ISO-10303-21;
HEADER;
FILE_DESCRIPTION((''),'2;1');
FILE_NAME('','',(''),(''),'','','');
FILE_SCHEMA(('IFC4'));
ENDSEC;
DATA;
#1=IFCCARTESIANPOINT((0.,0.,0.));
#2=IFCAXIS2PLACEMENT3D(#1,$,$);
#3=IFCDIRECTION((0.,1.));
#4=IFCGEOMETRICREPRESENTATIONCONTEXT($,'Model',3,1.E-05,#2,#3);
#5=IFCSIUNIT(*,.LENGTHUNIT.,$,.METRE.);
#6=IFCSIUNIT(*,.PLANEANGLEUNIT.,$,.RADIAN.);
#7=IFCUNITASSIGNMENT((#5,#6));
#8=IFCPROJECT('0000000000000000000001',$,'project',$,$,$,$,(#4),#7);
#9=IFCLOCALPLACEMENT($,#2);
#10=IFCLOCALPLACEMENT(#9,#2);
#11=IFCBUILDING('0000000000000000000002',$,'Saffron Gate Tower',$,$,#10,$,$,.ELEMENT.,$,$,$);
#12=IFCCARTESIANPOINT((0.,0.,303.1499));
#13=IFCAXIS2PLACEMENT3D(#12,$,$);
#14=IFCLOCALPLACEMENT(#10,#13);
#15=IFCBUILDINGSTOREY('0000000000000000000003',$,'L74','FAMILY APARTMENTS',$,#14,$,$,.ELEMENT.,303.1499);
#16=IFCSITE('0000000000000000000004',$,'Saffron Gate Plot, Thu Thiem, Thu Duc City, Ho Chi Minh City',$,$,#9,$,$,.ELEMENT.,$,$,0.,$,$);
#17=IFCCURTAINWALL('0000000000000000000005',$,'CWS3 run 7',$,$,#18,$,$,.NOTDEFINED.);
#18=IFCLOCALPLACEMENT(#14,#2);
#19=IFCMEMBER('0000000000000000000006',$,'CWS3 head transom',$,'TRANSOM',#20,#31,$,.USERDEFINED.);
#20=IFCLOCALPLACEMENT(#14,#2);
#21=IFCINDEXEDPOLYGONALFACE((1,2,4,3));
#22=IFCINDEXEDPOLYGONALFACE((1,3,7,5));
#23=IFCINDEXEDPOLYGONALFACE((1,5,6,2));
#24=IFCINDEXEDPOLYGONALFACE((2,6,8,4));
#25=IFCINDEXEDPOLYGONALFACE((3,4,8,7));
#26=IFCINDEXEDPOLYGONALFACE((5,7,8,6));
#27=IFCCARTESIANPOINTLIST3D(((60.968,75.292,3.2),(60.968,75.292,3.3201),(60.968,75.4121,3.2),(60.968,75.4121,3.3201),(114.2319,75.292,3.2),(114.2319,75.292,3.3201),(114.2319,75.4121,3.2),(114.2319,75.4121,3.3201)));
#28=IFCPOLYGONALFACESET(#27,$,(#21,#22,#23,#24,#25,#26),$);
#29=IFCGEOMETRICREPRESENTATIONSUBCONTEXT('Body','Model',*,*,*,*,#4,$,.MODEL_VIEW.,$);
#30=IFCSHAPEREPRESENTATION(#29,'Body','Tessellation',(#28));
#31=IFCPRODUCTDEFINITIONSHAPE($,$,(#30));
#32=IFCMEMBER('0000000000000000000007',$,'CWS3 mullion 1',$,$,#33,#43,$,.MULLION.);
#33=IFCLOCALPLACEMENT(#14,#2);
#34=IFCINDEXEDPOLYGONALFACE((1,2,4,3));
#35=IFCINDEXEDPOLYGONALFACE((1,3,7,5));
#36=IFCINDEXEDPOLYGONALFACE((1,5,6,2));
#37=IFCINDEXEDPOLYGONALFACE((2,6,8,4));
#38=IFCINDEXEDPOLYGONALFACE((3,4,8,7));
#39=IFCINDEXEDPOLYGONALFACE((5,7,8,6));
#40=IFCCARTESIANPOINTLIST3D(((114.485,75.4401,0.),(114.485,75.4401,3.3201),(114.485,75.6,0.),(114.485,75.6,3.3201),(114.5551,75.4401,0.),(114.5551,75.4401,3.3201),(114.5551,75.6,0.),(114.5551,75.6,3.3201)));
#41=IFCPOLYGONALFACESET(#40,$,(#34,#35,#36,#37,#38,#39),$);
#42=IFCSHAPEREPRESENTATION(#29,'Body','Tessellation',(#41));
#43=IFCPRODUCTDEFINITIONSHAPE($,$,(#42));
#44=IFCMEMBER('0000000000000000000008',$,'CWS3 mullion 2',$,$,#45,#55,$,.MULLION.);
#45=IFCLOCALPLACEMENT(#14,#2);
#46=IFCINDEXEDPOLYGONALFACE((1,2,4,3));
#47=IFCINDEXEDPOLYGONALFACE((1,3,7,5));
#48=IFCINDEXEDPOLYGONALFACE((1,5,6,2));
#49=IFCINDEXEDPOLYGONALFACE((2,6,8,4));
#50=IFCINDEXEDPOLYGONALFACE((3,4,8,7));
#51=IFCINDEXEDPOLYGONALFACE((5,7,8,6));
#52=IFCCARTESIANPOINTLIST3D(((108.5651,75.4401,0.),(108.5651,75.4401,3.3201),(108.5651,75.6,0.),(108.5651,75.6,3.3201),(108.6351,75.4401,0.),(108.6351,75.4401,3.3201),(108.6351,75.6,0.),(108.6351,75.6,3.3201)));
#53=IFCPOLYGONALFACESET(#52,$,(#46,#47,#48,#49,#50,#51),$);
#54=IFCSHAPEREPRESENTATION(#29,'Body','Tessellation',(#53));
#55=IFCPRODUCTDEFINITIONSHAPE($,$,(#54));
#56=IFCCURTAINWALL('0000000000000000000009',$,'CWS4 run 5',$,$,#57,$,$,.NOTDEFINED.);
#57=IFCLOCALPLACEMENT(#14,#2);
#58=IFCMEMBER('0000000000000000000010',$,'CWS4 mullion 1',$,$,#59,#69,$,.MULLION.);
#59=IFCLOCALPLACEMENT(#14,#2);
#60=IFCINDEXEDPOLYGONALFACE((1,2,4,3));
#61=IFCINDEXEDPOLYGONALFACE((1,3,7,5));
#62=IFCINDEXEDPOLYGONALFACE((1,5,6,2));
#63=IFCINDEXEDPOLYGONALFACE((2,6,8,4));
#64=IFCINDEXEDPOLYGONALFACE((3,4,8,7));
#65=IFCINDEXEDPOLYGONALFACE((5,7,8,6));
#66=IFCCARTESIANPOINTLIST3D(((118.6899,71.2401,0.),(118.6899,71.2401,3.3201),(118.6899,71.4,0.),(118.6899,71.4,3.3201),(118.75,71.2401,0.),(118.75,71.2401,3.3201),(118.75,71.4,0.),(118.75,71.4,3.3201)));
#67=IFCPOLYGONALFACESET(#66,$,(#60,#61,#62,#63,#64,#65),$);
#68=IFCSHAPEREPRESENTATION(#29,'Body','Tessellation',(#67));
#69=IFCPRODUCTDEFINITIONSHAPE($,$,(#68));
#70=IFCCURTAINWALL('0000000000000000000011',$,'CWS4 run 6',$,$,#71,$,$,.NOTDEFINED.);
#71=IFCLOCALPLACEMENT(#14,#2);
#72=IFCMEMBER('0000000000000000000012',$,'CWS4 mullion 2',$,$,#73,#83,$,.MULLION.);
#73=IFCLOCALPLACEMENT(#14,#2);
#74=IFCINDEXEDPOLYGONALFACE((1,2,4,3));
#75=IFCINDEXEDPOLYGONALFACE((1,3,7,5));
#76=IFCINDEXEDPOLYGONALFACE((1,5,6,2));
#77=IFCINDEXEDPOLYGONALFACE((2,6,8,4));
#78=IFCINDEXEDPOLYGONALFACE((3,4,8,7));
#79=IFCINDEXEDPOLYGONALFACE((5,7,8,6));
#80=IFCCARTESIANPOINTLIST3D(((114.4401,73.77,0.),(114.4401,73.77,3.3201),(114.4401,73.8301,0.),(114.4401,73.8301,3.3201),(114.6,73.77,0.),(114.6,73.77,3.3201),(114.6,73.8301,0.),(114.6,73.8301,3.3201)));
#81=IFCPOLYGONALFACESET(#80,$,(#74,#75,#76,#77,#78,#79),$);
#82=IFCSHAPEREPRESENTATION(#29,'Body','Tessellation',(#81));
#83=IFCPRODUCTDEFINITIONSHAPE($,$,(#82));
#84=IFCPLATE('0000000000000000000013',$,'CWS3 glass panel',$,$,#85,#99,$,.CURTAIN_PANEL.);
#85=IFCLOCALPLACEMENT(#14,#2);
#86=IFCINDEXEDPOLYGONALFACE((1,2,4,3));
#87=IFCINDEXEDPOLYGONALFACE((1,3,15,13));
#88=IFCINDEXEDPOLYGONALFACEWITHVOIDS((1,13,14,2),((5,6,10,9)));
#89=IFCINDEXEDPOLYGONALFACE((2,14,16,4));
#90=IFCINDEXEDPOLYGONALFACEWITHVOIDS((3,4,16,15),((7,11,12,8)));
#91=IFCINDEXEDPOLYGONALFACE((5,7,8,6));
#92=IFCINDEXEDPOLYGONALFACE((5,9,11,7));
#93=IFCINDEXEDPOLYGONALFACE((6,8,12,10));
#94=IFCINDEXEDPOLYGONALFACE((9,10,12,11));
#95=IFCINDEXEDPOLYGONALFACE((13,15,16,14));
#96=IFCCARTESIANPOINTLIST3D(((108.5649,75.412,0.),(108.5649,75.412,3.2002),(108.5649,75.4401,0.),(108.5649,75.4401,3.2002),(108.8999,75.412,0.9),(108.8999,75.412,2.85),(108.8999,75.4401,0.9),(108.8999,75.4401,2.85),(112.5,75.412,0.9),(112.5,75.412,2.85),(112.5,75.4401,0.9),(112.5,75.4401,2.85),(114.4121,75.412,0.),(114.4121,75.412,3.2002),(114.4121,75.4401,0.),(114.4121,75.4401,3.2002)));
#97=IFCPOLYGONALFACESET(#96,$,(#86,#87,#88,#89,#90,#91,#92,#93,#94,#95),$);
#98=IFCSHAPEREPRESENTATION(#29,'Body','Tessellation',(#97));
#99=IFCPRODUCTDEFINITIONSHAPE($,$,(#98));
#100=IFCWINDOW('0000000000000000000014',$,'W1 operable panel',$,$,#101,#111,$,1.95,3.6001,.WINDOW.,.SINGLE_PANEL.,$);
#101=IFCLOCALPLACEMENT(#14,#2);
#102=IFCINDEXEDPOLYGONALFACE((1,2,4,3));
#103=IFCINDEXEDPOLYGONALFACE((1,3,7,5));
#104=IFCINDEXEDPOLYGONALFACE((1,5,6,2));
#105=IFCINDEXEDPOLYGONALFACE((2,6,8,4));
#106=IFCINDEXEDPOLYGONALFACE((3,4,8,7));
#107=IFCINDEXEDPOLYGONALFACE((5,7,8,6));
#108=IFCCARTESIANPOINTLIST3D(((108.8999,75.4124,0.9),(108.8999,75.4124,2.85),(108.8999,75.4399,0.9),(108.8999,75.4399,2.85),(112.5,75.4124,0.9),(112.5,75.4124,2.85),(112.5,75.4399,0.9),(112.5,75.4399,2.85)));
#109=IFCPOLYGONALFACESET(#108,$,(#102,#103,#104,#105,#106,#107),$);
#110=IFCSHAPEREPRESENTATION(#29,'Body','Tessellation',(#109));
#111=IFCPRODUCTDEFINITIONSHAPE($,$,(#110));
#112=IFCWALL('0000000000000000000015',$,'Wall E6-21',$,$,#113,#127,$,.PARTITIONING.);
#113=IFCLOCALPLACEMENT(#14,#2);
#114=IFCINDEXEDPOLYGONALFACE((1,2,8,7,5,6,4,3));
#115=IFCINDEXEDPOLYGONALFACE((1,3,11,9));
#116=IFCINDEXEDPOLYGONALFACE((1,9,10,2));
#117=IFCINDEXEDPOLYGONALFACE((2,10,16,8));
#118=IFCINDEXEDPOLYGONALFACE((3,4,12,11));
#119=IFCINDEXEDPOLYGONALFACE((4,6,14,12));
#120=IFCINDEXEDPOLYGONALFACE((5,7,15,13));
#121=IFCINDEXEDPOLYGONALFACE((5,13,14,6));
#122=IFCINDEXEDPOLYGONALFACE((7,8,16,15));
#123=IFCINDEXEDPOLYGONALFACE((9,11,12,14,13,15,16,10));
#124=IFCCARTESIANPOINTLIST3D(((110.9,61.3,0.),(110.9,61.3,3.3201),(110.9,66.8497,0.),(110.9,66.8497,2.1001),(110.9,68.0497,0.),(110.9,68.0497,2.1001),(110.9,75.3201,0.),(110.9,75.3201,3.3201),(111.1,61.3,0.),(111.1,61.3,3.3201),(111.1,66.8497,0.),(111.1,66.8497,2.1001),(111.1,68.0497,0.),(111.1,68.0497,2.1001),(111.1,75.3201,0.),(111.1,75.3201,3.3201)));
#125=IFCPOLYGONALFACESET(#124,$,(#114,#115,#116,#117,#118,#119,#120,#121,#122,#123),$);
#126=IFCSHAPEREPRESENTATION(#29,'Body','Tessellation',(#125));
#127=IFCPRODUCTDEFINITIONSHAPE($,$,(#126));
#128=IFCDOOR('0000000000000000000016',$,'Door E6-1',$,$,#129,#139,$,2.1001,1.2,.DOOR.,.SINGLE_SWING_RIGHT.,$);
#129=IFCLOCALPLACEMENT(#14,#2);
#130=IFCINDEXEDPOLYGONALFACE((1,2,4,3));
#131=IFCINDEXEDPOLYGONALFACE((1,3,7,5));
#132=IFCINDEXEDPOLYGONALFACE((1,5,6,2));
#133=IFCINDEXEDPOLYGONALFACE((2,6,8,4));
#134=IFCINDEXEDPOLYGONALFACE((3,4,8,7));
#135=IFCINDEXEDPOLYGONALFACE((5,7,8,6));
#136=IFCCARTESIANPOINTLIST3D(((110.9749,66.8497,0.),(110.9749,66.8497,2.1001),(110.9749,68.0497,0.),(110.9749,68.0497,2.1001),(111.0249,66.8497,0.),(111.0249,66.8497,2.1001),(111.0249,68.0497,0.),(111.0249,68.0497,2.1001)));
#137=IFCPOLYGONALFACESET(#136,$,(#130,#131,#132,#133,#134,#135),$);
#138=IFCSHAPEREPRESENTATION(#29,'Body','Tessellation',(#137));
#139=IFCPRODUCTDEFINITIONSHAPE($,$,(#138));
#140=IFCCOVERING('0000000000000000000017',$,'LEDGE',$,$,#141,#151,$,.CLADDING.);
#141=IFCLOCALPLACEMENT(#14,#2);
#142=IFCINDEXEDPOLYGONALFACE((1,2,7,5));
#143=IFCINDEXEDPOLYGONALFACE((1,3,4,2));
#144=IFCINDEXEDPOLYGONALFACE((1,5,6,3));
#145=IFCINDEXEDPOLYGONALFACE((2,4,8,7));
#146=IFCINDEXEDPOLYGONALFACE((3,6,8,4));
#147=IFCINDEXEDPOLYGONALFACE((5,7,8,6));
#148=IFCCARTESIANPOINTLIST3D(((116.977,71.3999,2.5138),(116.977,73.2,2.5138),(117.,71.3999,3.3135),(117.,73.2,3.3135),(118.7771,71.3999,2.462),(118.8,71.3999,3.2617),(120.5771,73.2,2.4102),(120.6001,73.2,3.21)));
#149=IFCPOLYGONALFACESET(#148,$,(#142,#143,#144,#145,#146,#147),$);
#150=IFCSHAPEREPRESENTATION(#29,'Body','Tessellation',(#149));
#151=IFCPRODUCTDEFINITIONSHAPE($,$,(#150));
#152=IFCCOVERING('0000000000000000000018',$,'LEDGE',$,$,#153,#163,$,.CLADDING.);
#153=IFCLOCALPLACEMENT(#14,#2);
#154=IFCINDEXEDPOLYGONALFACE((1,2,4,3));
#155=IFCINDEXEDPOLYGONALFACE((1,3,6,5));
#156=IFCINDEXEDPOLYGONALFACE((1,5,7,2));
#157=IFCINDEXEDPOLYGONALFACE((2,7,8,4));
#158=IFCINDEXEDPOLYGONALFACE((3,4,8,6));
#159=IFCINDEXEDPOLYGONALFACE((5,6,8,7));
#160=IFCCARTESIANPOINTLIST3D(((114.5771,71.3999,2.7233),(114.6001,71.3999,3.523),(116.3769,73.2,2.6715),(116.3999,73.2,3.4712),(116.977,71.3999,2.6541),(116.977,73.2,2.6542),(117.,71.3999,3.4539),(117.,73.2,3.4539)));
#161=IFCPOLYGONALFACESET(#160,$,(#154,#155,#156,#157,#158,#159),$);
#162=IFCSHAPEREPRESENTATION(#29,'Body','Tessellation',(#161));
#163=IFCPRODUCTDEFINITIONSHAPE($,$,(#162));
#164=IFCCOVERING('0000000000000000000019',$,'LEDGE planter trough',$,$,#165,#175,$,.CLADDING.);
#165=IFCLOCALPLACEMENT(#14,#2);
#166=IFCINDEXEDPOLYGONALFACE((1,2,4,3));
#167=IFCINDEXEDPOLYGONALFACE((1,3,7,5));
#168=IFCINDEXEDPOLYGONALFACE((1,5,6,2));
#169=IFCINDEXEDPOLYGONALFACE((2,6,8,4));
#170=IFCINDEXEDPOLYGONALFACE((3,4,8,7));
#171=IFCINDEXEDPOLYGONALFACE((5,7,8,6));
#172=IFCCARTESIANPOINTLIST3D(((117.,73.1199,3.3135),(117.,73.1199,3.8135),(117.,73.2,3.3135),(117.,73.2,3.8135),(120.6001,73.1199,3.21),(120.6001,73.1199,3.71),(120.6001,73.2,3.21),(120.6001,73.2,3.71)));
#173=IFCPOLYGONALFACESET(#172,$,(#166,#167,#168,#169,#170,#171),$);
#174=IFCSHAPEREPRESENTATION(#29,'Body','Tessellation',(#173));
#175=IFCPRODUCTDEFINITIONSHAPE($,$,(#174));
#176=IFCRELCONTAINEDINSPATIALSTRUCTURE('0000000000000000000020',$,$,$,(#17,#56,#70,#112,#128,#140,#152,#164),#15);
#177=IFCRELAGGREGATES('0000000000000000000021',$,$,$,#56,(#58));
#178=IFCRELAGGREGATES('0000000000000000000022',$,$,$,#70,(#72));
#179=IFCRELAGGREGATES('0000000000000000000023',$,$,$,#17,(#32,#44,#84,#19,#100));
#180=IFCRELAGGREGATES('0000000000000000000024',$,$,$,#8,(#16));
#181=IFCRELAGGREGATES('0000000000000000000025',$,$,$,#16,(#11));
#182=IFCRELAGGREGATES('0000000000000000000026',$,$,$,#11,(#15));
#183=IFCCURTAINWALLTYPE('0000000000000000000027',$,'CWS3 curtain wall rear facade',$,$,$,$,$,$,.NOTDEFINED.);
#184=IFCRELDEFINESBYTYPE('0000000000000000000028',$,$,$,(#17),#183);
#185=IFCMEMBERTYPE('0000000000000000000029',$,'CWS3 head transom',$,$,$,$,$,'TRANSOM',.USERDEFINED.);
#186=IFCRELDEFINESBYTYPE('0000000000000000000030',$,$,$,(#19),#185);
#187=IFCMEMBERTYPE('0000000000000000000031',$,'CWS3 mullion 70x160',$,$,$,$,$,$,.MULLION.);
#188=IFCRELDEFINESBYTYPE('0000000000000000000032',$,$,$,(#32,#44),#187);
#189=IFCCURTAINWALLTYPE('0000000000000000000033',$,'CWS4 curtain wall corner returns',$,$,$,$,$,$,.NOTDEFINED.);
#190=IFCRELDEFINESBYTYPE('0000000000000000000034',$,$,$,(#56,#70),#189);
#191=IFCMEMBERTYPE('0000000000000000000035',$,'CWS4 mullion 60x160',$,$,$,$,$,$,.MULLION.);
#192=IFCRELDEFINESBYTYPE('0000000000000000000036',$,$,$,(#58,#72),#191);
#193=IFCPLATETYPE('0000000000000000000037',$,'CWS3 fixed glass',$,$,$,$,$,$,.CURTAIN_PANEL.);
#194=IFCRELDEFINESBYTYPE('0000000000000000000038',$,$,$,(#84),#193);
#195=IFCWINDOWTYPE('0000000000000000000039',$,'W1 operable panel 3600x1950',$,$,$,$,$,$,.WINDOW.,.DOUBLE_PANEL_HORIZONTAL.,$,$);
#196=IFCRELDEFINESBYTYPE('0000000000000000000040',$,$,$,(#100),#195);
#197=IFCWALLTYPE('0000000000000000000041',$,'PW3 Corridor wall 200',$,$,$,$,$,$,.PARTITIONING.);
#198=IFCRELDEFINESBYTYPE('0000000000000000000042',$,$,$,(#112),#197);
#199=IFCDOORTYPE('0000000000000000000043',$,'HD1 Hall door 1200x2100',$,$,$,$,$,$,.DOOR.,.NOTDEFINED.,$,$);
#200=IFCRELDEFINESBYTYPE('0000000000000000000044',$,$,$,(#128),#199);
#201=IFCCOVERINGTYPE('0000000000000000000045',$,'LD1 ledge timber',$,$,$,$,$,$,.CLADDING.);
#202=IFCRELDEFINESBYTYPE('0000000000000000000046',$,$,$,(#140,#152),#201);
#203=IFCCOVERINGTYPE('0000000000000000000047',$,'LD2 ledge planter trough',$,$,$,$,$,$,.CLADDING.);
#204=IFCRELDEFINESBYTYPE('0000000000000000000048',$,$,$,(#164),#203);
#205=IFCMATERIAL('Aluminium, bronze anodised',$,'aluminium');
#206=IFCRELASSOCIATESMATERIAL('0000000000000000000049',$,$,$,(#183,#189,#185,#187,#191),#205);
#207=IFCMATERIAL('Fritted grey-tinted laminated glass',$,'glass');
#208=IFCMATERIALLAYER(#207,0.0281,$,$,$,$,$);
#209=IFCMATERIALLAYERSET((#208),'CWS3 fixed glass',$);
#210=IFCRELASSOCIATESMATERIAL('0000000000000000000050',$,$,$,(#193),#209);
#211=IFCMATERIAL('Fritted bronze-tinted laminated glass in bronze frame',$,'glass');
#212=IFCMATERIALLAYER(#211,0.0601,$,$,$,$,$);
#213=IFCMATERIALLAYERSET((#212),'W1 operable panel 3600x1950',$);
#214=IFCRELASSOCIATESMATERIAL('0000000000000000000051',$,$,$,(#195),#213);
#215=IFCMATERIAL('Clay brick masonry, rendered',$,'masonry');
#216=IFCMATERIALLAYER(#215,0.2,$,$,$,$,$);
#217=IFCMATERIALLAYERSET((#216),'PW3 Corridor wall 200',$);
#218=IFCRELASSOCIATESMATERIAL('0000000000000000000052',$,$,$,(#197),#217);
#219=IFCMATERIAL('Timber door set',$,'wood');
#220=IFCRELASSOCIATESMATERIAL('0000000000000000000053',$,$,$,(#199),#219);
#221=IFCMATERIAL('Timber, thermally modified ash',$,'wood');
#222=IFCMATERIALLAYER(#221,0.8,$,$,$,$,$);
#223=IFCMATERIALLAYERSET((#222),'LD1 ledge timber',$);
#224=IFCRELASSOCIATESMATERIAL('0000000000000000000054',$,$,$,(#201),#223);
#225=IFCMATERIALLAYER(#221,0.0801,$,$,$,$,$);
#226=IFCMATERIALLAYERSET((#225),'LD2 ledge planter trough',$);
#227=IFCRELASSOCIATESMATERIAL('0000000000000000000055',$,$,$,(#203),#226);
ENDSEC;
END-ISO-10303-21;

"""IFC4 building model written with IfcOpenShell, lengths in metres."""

from ifc_helpers import new_model, si_unit, direction, frame, frame_2d, origin, origin_2d, place, context, subcontext, project, spatial, polyline, rectangle, outline, extrude, material, layer, layer_set, material_profile, profile_set, type_object, element, fill, aggregate, save


model = new_model("IFC4")

# Units and contexts
model_context = context("Model", 3, precision=1e-05, world=origin(), true_north=direction((0.0, 1.0)))
body_context = subcontext(model_context, "Body", "Model", "MODEL_VIEW")
ifc_project = project(units=[si_unit("LENGTHUNIT", "METRE"), si_unit("PLANEANGLEUNIT", "RADIAN")], contexts=[model_context])

# Site, building, storey
site_placement = place(None, origin())
site = spatial("IfcSite", under=ifc_project, at=site_placement, Name="Saffron Gate Plot, Thu Thiem, Thu Duc City, Ho Chi Minh City", CompositionType="ELEMENT", RefElevation=0.0)
building_placement = place(site_placement, origin())
building = spatial("IfcBuilding", under=site, at=building_placement, Name="Saffron Gate Tower", CompositionType="ELEMENT")
storey_placement = place(building_placement, frame((0.0, 0.0, 303.1499)))
storey = spatial("IfcBuildingStorey", under=building, at=storey_placement, Name="L74", Description="FAMILY APARTMENTS", CompositionType="ELEMENT", Elevation=303.1499)

# Curtain wall, members
ifc_material_1 = material(Name="Aluminium, bronze anodised", Category="aluminium")
curtain_wall_type_1 = type_object("IfcCurtainWallType", Name="CWS3 curtain wall rear facade", PredefinedType="NOTDEFINED", material=ifc_material_1)
curtain_wall_1_placement = place(storey_placement, origin())
curtain_wall_1 = element("IfcCurtainWall", 1, at=curtain_wall_1_placement, inside=storey, type_object=curtain_wall_type_1, Name="CWS3 run 7", PredefinedType="NOTDEFINED")
ifc_material_profile_1 = material_profile(ifc_material_1, rectangle(XDim=0.1201, YDim=0.1201, at=origin_2d()))
ifc_profile_set_1 = profile_set([ifc_material_profile_1], Name="Aluminium, bronze anodised")
member_type_1 = type_object("IfcMemberType", Name="CWS3 head transom", ElementType="TRANSOM", PredefinedType="USERDEFINED", material=ifc_profile_set_1)
member_1_placement = place(storey_placement, frame((114.2319, 75.3521, 3.26), z_axis=(-1.0, 0.0, 0.0), x_axis=(0.0, -1.0, 0.0)))
member_1 = element("IfcMember", 2, at=member_1_placement, type_object=member_type_1, Name="CWS3 head transom", ObjectType="TRANSOM", PredefinedType="USERDEFINED", context=body_context, shape_type="SweptSolid", body=[
    extrude(rectangle(XDim=0.1201, YDim=0.1201, at=origin_2d()), origin(), (0.0, 0.0, 1.0), 53.2639),
])
ifc_material_profile_2 = material_profile(ifc_material_1, rectangle(XDim=0.1599, YDim=0.0701, at=origin_2d()))
ifc_profile_set_2 = profile_set([ifc_material_profile_2], Name="Aluminium, bronze anodised")
member_type_2 = type_object("IfcMemberType", Name="CWS3 mullion 70x160", PredefinedType="MULLION", material=ifc_profile_set_2)
member_2_placement = place(storey_placement, frame((114.52, 75.52, 0.0), z_axis=(0.0, 0.0, 1.0), x_axis=(0.0, -1.0, 0.0)))
member_2 = element("IfcMember", 3, at=member_2_placement, type_object=member_type_2, Name="CWS3 mullion 1", PredefinedType="MULLION", context=body_context, shape_type="SweptSolid", body=[
    extrude(rectangle(XDim=0.1599, YDim=0.0701, at=origin_2d()), origin(), (0.0, 0.0, 1.0), 3.3201),
])
member_3_placement = place(storey_placement, frame((108.6001, 75.52, 0.0), z_axis=(0.0, 0.0, 1.0), x_axis=(0.0, -1.0, 0.0)))
member_3 = element("IfcMember", 4, at=member_3_placement, type_object=member_type_2, Name="CWS3 mullion 2", PredefinedType="MULLION", context=body_context, shape_type="SweptSolid", body=[
    extrude(rectangle(XDim=0.1599, YDim=0.0701, at=origin_2d()), origin(), (0.0, 0.0, 1.0), 3.3201),
])

# Curtain walls, members
curtain_wall_type_2 = type_object("IfcCurtainWallType", Name="CWS4 curtain wall corner returns", PredefinedType="NOTDEFINED", material=ifc_material_1)
curtain_wall_2_placement = place(storey_placement, origin())
curtain_wall_2 = element("IfcCurtainWall", 5, at=curtain_wall_2_placement, inside=storey, type_object=curtain_wall_type_2, Name="CWS4 run 5", PredefinedType="NOTDEFINED")
ifc_material_profile_3 = material_profile(ifc_material_1, rectangle(XDim=0.1599, YDim=0.0601, at=origin_2d()))
ifc_profile_set_3 = profile_set([ifc_material_profile_3], Name="Aluminium, bronze anodised")
member_type_3 = type_object("IfcMemberType", Name="CWS4 mullion 60x160", PredefinedType="MULLION", material=ifc_profile_set_3)
member_4_placement = place(storey_placement, frame((118.72, 71.3201, 0.0), z_axis=(0.0, 0.0, 1.0), x_axis=(0.0, -1.0, 0.0)))
member_4 = element("IfcMember", 6, at=member_4_placement, type_object=member_type_3, Name="CWS4 mullion 1", PredefinedType="MULLION", context=body_context, shape_type="SweptSolid", body=[
    extrude(rectangle(XDim=0.1599, YDim=0.0601, at=origin_2d()), origin(), (0.0, 0.0, 1.0), 3.3201),
])
aggregate(curtain_wall_2, [member_4])
curtain_wall_3_placement = place(storey_placement, origin())
curtain_wall_3 = element("IfcCurtainWall", 7, at=curtain_wall_3_placement, inside=storey, type_object=curtain_wall_type_2, Name="CWS4 run 6", PredefinedType="NOTDEFINED")
member_5_placement = place(storey_placement, frame((114.52, 73.8, 0.0), z_axis=(0.0, 0.0, 1.0), x_axis=(-1.0, 0.0, 0.0)))
member_5 = element("IfcMember", 8, at=member_5_placement, type_object=member_type_3, Name="CWS4 mullion 2", PredefinedType="MULLION", context=body_context, shape_type="SweptSolid", body=[
    extrude(rectangle(XDim=0.1599, YDim=0.0601, at=origin_2d()), origin(), (0.0, 0.0, 1.0), 3.3201),
])
aggregate(curtain_wall_3, [member_5])

# Plate, opening, window
ifc_material_2 = material(Name="Fritted grey-tinted laminated glass", Category="glass")
ifc_layer_1 = layer(ifc_material_2, 0.0281)
ifc_layer_set_1 = layer_set([ifc_layer_1], Name="CWS3 fixed glass")
plate_type = type_object("IfcPlateType", Name="CWS3 fixed glass", PredefinedType="CURTAIN_PANEL", material=ifc_layer_set_1)
plate_placement = place(storey_placement, frame((114.4121, 75.426, 0.0), z_axis=(0.0, 0.0, 1.0), x_axis=(-1.0, 0.0, 0.0)))
plate = element("IfcPlate", 9, at=plate_placement, type_object=plate_type, Name="CWS3 glass panel", PredefinedType="CURTAIN_PANEL", context=body_context, shape_type="SweptSolid", body=[
    extrude(rectangle(XDim=5.8472, YDim=0.0281, at=frame_2d((2.9236, 0.0))), origin(), (0.0, 0.0, 1.0), 3.2002),
])
opening_1_placement = place(plate_placement, frame((1.9121, 0.0, 0.8999)))
opening_1 = element("IfcOpeningElement", 10, at=opening_1_placement, cuts=plate, PredefinedType="OPENING", context=body_context, shape_type="SweptSolid", body=[
    extrude(rectangle(XDim=3.6001, YDim=1.95, at=frame_2d((1.8, 0.9751))), frame((0.0, 0.0239, 0.0), z_axis=(0.0, -1.0, 0.0), x_axis=(1.0, 0.0, 0.0)), (0.0, 0.0, 1.0), 0.0481),
])
ifc_material_3 = material(Name="Fritted bronze-tinted laminated glass in bronze frame", Category="glass")
ifc_layer_2 = layer(ifc_material_3, 0.0601)
ifc_layer_set_2 = layer_set([ifc_layer_2], Name="W1 operable panel 3600x1950")
window_type = type_object("IfcWindowType", Name="W1 operable panel 3600x1950", PartitioningType="DOUBLE_PANEL_HORIZONTAL", PredefinedType="WINDOW", material=ifc_layer_set_2)
window_placement = place(opening_1_placement, origin())
window = element("IfcWindow", 11, at=window_placement, type_object=window_type, Name="W1 operable panel", OverallHeight=1.95, OverallWidth=3.6001, PartitioningType="SINGLE_PANEL", PredefinedType="WINDOW", context=body_context, shape_type="SweptSolid", body=[
    extrude(rectangle(XDim=3.6001, YDim=1.95, at=frame_2d((1.8, 0.9751))), frame((0.0, 0.0137, 0.0), z_axis=(0.0, -1.0, 0.0), x_axis=(1.0, 0.0, 0.0)), (0.0, 0.0, 1.0), 0.0276),
])
fill(opening_1, window)
aggregate(curtain_wall_1, [member_2, member_3, plate, member_1, window])

# Wall, opening, door
ifc_material_4 = material(Name="Clay brick masonry, rendered", Category="masonry")
ifc_layer_3 = layer(ifc_material_4, 0.2)
ifc_layer_set_3 = layer_set([ifc_layer_3], Name="PW3 Corridor wall 200")
wall_type = type_object("IfcWallType", Name="PW3 Corridor wall 200", PredefinedType="PARTITIONING", material=ifc_layer_set_3)
wall_placement = place(storey_placement, frame((111.0, 75.3201, 0.0), z_axis=(0.0, 0.0, 1.0), x_axis=(0.0, -1.0, 0.0)))
wall = element("IfcWall", 12, at=wall_placement, inside=storey, type_object=wall_type, Name="Wall E6-21", PredefinedType="PARTITIONING", context=body_context, shape_type="SweptSolid", body=[
    extrude(rectangle(XDim=14.02, YDim=0.2, at=frame_2d((7.01, 0.0))), origin(), (0.0, 0.0, 1.0), 3.3201),
])
opening_2_placement = place(wall_placement, frame((7.2703, 0.0, 0.0)))
opening_2 = element("IfcOpeningElement", 13, at=opening_2_placement, cuts=wall, PredefinedType="OPENING", context=body_context, shape_type="SweptSolid", body=[
    extrude(rectangle(XDim=1.2, YDim=2.1001, at=frame_2d((0.6001, 1.05))), frame((0.0, 0.1099, 0.0), z_axis=(0.0, -1.0, 0.0), x_axis=(1.0, 0.0, 0.0)), (0.0, 0.0, 1.0), 0.22),
])
ifc_material_5 = material(Name="Timber door set", Category="wood")
door_type = type_object("IfcDoorType", Name="HD1 Hall door 1200x2100", OperationType="NOTDEFINED", PredefinedType="DOOR", material=ifc_material_5)
door_placement = place(opening_2_placement, origin())
door = element("IfcDoor", 14, at=door_placement, inside=storey, type_object=door_type, Name="Door E6-1", OperationType="SINGLE_SWING_RIGHT", OverallHeight=2.1001, OverallWidth=1.2, PredefinedType="DOOR", context=body_context, shape_type="SweptSolid", body=[
    extrude(rectangle(XDim=1.2, YDim=2.1001, at=frame_2d((0.6001, 1.05))), frame((0.0, 0.0249, 0.0), z_axis=(0.0, -1.0, 0.0), x_axis=(1.0, 0.0, 0.0)), (0.0, 0.0, 1.0), 0.05),
])
fill(opening_2, door)

# Coverings
ifc_material_6 = material(Name="Timber, thermally modified ash", Category="wood")
ifc_layer_4 = layer(ifc_material_6, 0.8)
ifc_layer_set_4 = layer_set([ifc_layer_4], Name="LD1 ledge timber")
covering_type_1 = type_object("IfcCoveringType", Name="LD1 ledge timber", PredefinedType="CLADDING", material=ifc_layer_set_4)
covering_1_placement = place(storey_placement, frame((118.8, 71.3999, 3.2617), z_axis=(0.028742, 0.0, 0.999587), x_axis=(-0.999587, 0.0, 0.028742)))
element("IfcCovering", 15, at=covering_1_placement, inside=storey, type_object=covering_type_1, Name="LEDGE", PredefinedType="CLADDING", context=body_context, shape_type="SweptSolid", body=[
    extrude(outline(polyline([(0.0, 0.0), (1.8008, 0.0), (1.8008, -1.8), (-1.8008, -1.8), (0.0, 0.0)])), origin(), (0.0, 0.0, -1.0), 0.8),
])
covering_2_placement = place(storey_placement, frame((117.0, 71.3999, 3.4539), z_axis=(0.028797, -0.000026, 0.999585), x_axis=(-0.999585, 0.0, 0.028797)))
element("IfcCovering", 16, at=covering_2_placement, inside=storey, type_object=covering_type_1, Name="LEDGE", PredefinedType="CLADDING", context=body_context, shape_type="SweptSolid", body=[
    extrude(outline(polyline([(0.0, 0.0), (2.4009, 0.0), (0.6003, -1.8), (0.0, -1.8), (0.0, 0.0)])), origin(), (0.0, 0.0, -1.0), 0.8),
])
ifc_layer_5 = layer(ifc_material_6, 0.0801)
ifc_layer_set_5 = layer_set([ifc_layer_5], Name="LD2 ledge planter trough")
covering_type_2 = type_object("IfcCoveringType", Name="LD2 ledge planter trough", PredefinedType="CLADDING", material=ifc_layer_set_5)
covering_3_placement = place(storey_placement, frame((120.6001, 73.2, 3.21), z_axis=(0.0, 1.0, 0.0), x_axis=(-0.999587, 0.0, 0.028742)))
element("IfcCovering", 17, at=covering_3_placement, inside=storey, type_object=covering_type_2, Name="LEDGE planter trough", PredefinedType="CLADDING", context=body_context, shape_type="SweptSolid", body=[
    extrude(outline(polyline([(0.0, 0.0), (3.6016, 0.0), (3.616, 0.4998), (0.0144, 0.4998), (0.0, 0.0)])), origin(), (0.0, 0.0, -1.0), 0.0801),
])

save(model, "model.ifc")
